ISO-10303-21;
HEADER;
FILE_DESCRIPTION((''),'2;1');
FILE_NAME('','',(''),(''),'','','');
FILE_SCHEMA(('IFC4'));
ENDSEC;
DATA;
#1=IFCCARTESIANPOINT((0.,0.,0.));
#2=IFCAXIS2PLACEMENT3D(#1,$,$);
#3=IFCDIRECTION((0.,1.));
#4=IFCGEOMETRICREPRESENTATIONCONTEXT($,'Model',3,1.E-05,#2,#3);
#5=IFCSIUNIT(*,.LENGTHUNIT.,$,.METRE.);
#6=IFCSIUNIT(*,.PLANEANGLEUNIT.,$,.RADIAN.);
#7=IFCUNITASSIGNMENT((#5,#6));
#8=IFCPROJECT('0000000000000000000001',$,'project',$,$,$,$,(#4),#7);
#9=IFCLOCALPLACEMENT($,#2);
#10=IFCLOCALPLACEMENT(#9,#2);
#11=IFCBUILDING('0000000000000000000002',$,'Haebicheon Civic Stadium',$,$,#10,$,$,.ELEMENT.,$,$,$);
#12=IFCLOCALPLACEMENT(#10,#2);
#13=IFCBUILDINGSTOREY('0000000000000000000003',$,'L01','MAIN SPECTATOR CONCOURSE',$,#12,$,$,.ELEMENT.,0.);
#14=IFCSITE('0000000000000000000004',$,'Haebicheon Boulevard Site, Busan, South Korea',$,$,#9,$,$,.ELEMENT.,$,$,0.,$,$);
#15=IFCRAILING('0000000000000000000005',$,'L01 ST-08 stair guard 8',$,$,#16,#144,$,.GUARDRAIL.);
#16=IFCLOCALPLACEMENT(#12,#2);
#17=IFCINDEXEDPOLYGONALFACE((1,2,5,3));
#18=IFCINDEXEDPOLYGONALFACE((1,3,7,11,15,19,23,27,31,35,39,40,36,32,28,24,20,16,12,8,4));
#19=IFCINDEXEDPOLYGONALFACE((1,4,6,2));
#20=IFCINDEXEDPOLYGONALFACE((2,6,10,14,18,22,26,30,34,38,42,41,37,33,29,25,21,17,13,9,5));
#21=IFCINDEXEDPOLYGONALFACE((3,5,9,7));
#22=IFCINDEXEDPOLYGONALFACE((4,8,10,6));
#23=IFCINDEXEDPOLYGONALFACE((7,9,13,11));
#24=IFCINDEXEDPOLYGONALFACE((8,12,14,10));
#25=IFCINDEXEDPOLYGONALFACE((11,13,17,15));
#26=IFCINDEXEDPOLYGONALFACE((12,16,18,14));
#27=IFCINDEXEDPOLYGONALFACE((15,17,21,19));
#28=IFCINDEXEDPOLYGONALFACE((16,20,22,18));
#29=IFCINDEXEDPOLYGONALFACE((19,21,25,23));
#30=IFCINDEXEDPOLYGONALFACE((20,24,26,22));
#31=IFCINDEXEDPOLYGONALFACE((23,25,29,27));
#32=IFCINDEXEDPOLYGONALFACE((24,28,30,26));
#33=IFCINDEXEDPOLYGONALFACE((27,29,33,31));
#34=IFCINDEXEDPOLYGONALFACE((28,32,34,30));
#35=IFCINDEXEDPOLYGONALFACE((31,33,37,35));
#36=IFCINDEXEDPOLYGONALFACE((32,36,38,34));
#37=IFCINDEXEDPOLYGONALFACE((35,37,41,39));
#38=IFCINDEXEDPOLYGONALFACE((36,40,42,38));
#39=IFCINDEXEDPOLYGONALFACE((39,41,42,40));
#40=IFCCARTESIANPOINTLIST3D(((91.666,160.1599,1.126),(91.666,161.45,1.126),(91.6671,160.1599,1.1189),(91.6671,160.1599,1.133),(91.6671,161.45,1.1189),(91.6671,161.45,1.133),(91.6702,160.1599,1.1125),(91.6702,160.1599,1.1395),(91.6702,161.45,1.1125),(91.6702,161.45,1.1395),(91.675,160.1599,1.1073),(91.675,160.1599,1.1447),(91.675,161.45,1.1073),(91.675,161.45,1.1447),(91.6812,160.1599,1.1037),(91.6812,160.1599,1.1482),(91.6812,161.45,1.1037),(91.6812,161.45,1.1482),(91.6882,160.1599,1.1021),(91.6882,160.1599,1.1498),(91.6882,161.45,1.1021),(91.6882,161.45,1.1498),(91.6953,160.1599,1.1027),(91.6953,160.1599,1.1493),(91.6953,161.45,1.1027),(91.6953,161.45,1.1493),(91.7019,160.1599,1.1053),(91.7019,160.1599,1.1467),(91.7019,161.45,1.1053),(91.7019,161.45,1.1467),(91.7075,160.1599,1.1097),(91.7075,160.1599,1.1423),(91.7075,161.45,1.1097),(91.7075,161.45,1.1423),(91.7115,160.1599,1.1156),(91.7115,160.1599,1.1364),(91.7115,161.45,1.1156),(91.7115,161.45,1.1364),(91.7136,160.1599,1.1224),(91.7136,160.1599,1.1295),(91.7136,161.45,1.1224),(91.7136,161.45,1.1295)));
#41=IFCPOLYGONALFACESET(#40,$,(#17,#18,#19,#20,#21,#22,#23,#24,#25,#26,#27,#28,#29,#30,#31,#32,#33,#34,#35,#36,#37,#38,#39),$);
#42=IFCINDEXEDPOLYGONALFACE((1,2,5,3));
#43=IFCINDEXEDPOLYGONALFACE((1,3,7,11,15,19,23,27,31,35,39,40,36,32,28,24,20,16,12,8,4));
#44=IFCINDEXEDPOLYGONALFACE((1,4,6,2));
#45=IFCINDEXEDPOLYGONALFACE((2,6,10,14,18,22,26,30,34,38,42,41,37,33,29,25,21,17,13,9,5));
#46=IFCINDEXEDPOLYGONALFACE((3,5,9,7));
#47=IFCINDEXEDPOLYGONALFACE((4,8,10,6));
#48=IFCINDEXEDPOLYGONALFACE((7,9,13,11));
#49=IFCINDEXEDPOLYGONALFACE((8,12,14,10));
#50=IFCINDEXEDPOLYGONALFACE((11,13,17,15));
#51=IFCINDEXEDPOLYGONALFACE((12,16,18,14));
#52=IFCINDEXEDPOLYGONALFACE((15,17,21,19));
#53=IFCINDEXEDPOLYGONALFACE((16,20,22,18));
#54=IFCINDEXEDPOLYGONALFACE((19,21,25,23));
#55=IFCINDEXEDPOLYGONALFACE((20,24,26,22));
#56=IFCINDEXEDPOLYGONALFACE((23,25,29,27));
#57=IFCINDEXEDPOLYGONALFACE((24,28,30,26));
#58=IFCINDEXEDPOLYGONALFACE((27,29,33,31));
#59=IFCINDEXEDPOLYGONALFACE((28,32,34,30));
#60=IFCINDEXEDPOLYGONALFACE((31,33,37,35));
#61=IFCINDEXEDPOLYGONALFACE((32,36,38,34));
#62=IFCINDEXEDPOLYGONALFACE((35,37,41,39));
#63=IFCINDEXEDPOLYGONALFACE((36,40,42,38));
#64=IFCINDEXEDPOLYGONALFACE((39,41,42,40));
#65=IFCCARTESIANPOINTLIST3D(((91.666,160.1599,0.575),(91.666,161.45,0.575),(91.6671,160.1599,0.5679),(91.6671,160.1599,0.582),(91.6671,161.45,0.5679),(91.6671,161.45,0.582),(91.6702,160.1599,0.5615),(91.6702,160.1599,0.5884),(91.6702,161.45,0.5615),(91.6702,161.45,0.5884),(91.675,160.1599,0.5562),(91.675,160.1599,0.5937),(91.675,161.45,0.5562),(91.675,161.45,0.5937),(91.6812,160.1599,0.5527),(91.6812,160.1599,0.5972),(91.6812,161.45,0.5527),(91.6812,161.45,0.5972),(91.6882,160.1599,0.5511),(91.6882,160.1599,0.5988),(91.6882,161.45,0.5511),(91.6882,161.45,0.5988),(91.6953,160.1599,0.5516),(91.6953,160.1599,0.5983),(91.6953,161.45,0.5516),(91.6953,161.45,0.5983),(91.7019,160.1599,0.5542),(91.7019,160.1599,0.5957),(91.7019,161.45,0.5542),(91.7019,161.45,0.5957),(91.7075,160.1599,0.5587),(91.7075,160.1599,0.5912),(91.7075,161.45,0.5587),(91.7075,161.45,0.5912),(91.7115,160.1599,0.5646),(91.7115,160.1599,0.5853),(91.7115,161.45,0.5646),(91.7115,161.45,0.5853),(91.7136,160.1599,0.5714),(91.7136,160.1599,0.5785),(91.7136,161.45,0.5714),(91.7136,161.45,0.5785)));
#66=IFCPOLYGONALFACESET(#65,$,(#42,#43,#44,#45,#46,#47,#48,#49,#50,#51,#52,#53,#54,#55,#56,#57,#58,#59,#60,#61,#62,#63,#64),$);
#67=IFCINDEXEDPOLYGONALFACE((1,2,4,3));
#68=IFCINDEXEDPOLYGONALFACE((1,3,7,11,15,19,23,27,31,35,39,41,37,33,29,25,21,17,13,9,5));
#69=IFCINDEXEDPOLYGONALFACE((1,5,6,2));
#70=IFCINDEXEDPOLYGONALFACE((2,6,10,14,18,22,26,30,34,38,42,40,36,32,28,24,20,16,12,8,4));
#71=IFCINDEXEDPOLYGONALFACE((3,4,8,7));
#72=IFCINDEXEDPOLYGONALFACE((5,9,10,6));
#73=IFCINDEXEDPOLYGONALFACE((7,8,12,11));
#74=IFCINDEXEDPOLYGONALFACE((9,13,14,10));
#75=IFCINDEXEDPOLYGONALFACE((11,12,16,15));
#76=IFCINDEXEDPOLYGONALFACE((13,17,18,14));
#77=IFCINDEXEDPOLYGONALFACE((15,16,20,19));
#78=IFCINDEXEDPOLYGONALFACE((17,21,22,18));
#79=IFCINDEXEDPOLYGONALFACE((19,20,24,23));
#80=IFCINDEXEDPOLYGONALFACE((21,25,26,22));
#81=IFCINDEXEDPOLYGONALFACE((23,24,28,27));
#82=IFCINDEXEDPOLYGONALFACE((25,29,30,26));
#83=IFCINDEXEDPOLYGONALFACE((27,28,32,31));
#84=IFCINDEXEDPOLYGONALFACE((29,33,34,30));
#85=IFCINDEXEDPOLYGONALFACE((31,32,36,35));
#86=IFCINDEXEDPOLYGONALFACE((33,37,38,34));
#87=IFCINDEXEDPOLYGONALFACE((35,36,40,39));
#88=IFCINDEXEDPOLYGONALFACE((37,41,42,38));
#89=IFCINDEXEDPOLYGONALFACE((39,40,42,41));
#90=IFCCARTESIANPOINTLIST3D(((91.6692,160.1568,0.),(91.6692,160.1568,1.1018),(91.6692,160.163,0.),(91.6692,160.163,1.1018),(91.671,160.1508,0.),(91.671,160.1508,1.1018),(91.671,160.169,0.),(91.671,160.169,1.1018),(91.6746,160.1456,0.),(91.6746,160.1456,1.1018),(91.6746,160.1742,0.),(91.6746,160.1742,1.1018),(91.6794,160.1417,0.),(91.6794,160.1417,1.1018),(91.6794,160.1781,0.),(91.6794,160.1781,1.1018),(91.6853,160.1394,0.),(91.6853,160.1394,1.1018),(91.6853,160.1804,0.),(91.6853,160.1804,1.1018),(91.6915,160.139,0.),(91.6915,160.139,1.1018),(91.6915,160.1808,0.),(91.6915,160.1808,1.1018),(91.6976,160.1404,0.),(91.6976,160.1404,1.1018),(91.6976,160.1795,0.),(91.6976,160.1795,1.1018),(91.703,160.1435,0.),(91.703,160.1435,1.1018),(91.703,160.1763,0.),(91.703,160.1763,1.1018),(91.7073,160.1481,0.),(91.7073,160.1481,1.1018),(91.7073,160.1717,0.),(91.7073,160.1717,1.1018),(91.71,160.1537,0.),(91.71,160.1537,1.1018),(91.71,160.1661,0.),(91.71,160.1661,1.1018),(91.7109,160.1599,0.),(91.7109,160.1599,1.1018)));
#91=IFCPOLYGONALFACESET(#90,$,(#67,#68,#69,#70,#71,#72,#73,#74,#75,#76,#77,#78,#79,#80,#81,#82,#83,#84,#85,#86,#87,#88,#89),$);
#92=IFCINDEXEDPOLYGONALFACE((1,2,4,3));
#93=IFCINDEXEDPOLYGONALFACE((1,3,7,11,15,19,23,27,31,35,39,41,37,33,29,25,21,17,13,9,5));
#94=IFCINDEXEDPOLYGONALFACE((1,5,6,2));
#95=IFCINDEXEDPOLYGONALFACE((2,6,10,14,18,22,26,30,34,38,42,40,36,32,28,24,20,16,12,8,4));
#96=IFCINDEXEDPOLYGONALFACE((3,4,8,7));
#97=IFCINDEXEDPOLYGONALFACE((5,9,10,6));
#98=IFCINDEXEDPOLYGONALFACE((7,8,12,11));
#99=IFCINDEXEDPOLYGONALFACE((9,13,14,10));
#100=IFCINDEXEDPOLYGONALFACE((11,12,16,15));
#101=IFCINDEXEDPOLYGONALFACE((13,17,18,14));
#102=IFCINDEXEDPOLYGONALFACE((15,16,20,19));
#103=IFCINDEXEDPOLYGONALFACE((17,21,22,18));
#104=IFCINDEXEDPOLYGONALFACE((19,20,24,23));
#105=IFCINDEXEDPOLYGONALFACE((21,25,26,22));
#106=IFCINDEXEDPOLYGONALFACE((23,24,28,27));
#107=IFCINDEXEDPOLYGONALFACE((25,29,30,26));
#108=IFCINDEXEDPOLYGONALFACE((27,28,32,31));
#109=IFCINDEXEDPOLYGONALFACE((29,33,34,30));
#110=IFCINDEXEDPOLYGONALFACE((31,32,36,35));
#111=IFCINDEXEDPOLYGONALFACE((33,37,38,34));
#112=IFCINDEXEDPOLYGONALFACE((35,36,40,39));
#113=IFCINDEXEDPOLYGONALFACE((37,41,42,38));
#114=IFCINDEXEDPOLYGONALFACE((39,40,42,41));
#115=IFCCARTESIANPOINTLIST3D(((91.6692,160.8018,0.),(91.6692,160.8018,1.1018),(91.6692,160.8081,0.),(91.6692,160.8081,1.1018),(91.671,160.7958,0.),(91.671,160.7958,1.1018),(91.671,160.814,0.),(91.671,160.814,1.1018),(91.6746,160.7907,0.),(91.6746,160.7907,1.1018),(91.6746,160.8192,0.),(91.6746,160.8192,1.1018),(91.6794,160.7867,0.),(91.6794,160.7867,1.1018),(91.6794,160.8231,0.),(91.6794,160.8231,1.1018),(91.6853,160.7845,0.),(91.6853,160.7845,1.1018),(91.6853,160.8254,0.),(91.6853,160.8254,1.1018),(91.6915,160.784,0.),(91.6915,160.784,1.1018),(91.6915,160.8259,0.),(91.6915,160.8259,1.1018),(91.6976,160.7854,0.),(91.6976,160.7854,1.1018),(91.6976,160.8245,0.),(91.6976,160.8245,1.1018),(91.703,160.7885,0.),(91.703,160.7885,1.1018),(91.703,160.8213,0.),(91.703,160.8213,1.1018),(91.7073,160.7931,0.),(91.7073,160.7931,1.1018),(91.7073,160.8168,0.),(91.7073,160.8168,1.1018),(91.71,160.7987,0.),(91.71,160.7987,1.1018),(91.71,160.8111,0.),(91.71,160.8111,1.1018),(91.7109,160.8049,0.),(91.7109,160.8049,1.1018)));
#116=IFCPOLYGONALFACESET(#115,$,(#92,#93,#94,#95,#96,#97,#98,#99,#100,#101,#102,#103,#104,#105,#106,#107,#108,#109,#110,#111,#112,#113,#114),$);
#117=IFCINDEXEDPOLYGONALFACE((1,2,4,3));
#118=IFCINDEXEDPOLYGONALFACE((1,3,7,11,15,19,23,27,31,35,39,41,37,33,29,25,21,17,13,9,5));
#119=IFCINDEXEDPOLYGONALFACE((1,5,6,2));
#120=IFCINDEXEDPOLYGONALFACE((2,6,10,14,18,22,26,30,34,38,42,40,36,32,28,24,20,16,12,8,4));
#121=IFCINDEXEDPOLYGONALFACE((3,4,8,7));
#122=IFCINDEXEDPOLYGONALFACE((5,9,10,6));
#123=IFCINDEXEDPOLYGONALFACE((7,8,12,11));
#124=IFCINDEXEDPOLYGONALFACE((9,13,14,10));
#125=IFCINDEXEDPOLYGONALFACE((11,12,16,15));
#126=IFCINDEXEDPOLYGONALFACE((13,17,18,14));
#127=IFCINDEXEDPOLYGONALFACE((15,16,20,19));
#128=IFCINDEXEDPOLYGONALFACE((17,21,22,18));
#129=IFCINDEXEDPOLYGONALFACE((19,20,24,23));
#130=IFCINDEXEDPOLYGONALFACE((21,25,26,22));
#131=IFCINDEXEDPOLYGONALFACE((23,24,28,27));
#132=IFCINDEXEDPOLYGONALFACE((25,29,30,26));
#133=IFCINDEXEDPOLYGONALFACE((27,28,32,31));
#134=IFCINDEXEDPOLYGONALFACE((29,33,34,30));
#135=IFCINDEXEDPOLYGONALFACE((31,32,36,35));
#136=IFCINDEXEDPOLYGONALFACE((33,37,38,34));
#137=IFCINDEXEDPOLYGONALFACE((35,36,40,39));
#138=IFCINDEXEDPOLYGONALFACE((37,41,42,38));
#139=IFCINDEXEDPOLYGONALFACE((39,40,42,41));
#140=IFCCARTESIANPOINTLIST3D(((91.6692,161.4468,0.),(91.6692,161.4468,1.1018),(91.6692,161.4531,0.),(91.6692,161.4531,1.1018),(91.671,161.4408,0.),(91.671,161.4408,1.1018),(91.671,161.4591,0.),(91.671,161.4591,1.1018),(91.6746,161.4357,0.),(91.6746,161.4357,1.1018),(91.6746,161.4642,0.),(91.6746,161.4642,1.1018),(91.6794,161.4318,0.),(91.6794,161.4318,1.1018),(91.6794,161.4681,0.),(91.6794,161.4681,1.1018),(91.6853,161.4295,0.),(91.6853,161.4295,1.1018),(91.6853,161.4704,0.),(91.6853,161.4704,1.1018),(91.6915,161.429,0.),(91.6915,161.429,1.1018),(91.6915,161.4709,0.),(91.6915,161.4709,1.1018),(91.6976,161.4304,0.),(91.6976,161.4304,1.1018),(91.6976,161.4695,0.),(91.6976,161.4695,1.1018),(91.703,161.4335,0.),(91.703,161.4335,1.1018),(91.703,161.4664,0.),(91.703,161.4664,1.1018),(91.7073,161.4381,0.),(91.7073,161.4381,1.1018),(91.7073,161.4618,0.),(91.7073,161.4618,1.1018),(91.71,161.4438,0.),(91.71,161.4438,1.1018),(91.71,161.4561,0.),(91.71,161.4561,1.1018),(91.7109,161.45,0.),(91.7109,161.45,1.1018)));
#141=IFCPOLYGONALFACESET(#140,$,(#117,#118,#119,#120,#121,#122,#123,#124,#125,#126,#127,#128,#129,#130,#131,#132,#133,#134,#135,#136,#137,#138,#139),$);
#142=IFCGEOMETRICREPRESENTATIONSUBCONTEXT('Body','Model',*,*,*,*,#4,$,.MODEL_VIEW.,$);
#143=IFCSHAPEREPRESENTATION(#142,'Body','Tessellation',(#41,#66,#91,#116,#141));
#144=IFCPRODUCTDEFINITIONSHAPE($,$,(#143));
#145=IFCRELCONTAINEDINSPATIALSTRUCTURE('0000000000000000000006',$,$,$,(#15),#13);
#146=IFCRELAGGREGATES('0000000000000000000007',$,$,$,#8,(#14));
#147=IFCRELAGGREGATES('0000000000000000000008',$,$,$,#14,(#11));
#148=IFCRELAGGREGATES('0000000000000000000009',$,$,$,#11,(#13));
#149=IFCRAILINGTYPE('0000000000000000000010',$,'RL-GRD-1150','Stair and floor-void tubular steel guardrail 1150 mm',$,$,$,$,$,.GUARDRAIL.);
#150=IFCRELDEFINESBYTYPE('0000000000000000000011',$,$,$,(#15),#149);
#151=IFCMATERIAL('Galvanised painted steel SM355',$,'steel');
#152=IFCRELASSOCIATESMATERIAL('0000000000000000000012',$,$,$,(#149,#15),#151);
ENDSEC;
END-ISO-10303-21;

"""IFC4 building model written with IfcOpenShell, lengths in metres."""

from ifc_helpers import new_model, si_unit, direction, frame, origin, origin_2d, place, context, subcontext, project, spatial, circle, extrude, material, type_object, element, save


model = new_model("IFC4")

# Units and contexts
model_context = context("Model", 3, precision=1e-05, world=origin(), true_north=direction((0.0, 1.0)))
body_context = subcontext(model_context, "Body", "Model", "MODEL_VIEW")
ifc_project = project(units=[si_unit("LENGTHUNIT", "METRE"), si_unit("PLANEANGLEUNIT", "RADIAN")], contexts=[model_context])

# Site, building, storey
site_placement = place(None, origin())
site = spatial("IfcSite", under=ifc_project, at=site_placement, Name="Haebicheon Boulevard Site, Busan, South Korea", CompositionType="ELEMENT", RefElevation=0.0)
building_placement = place(site_placement, origin())
building = spatial("IfcBuilding", under=site, at=building_placement, Name="Haebicheon Civic Stadium", CompositionType="ELEMENT")
storey_placement = place(building_placement, origin())
storey = spatial("IfcBuildingStorey", under=building, at=storey_placement, Name="L01", Description="MAIN SPECTATOR CONCOURSE", CompositionType="ELEMENT", Elevation=0.0)

# Railing
ifc_material_1 = material(Name="Galvanised painted steel SM355", Category="steel")
railing_type_1 = type_object("IfcRailingType", Name="RL-GRD-1150", Description="Stair and floor-void tubular steel guardrail 1150 mm", PredefinedType="GUARDRAIL", material=ifc_material_1)
for number, where, name in (
    (1, (91.6899, 160.1599, 0.0), "L01 ST-08 stair guard 8"),
):
    element("IfcRailing", number, at=place(storey_placement, frame(where)), inside=storey, type_object=railing_type_1, material=ifc_material_1, Name=name, PredefinedType="GUARDRAIL", context=body_context, shape_type="SweptSolid", body=[
        extrude(circle(Radius=0.0239, at=origin_2d()), frame((0.0, 0.0, 1.126), z_axis=(0.0, 1.0, 0.0), x_axis=(-1.0, 0.0, 0.0)), (0.0, 0.0, 1.0), 1.29),
        extrude(circle(Radius=0.0239, at=origin_2d()), frame((0.0, 0.0, 0.575), z_axis=(0.0, 1.0, 0.0), x_axis=(-1.0, 0.0, 0.0)), (0.0, 0.0, 1.0), 1.29),
        extrude(circle(Radius=0.021, at=origin_2d()), origin(), (0.0, 0.0, 1.0), 1.1018),
        extrude(circle(Radius=0.021, at=origin_2d()), frame((0.0, 0.645, 0.0)), (0.0, 0.0, 1.0), 1.1018),
        extrude(circle(Radius=0.021, at=origin_2d()), frame((0.0, 1.29, 0.0)), (0.0, 0.0, 1.0), 1.1018),
    ])

save(model, "model.ifc")
